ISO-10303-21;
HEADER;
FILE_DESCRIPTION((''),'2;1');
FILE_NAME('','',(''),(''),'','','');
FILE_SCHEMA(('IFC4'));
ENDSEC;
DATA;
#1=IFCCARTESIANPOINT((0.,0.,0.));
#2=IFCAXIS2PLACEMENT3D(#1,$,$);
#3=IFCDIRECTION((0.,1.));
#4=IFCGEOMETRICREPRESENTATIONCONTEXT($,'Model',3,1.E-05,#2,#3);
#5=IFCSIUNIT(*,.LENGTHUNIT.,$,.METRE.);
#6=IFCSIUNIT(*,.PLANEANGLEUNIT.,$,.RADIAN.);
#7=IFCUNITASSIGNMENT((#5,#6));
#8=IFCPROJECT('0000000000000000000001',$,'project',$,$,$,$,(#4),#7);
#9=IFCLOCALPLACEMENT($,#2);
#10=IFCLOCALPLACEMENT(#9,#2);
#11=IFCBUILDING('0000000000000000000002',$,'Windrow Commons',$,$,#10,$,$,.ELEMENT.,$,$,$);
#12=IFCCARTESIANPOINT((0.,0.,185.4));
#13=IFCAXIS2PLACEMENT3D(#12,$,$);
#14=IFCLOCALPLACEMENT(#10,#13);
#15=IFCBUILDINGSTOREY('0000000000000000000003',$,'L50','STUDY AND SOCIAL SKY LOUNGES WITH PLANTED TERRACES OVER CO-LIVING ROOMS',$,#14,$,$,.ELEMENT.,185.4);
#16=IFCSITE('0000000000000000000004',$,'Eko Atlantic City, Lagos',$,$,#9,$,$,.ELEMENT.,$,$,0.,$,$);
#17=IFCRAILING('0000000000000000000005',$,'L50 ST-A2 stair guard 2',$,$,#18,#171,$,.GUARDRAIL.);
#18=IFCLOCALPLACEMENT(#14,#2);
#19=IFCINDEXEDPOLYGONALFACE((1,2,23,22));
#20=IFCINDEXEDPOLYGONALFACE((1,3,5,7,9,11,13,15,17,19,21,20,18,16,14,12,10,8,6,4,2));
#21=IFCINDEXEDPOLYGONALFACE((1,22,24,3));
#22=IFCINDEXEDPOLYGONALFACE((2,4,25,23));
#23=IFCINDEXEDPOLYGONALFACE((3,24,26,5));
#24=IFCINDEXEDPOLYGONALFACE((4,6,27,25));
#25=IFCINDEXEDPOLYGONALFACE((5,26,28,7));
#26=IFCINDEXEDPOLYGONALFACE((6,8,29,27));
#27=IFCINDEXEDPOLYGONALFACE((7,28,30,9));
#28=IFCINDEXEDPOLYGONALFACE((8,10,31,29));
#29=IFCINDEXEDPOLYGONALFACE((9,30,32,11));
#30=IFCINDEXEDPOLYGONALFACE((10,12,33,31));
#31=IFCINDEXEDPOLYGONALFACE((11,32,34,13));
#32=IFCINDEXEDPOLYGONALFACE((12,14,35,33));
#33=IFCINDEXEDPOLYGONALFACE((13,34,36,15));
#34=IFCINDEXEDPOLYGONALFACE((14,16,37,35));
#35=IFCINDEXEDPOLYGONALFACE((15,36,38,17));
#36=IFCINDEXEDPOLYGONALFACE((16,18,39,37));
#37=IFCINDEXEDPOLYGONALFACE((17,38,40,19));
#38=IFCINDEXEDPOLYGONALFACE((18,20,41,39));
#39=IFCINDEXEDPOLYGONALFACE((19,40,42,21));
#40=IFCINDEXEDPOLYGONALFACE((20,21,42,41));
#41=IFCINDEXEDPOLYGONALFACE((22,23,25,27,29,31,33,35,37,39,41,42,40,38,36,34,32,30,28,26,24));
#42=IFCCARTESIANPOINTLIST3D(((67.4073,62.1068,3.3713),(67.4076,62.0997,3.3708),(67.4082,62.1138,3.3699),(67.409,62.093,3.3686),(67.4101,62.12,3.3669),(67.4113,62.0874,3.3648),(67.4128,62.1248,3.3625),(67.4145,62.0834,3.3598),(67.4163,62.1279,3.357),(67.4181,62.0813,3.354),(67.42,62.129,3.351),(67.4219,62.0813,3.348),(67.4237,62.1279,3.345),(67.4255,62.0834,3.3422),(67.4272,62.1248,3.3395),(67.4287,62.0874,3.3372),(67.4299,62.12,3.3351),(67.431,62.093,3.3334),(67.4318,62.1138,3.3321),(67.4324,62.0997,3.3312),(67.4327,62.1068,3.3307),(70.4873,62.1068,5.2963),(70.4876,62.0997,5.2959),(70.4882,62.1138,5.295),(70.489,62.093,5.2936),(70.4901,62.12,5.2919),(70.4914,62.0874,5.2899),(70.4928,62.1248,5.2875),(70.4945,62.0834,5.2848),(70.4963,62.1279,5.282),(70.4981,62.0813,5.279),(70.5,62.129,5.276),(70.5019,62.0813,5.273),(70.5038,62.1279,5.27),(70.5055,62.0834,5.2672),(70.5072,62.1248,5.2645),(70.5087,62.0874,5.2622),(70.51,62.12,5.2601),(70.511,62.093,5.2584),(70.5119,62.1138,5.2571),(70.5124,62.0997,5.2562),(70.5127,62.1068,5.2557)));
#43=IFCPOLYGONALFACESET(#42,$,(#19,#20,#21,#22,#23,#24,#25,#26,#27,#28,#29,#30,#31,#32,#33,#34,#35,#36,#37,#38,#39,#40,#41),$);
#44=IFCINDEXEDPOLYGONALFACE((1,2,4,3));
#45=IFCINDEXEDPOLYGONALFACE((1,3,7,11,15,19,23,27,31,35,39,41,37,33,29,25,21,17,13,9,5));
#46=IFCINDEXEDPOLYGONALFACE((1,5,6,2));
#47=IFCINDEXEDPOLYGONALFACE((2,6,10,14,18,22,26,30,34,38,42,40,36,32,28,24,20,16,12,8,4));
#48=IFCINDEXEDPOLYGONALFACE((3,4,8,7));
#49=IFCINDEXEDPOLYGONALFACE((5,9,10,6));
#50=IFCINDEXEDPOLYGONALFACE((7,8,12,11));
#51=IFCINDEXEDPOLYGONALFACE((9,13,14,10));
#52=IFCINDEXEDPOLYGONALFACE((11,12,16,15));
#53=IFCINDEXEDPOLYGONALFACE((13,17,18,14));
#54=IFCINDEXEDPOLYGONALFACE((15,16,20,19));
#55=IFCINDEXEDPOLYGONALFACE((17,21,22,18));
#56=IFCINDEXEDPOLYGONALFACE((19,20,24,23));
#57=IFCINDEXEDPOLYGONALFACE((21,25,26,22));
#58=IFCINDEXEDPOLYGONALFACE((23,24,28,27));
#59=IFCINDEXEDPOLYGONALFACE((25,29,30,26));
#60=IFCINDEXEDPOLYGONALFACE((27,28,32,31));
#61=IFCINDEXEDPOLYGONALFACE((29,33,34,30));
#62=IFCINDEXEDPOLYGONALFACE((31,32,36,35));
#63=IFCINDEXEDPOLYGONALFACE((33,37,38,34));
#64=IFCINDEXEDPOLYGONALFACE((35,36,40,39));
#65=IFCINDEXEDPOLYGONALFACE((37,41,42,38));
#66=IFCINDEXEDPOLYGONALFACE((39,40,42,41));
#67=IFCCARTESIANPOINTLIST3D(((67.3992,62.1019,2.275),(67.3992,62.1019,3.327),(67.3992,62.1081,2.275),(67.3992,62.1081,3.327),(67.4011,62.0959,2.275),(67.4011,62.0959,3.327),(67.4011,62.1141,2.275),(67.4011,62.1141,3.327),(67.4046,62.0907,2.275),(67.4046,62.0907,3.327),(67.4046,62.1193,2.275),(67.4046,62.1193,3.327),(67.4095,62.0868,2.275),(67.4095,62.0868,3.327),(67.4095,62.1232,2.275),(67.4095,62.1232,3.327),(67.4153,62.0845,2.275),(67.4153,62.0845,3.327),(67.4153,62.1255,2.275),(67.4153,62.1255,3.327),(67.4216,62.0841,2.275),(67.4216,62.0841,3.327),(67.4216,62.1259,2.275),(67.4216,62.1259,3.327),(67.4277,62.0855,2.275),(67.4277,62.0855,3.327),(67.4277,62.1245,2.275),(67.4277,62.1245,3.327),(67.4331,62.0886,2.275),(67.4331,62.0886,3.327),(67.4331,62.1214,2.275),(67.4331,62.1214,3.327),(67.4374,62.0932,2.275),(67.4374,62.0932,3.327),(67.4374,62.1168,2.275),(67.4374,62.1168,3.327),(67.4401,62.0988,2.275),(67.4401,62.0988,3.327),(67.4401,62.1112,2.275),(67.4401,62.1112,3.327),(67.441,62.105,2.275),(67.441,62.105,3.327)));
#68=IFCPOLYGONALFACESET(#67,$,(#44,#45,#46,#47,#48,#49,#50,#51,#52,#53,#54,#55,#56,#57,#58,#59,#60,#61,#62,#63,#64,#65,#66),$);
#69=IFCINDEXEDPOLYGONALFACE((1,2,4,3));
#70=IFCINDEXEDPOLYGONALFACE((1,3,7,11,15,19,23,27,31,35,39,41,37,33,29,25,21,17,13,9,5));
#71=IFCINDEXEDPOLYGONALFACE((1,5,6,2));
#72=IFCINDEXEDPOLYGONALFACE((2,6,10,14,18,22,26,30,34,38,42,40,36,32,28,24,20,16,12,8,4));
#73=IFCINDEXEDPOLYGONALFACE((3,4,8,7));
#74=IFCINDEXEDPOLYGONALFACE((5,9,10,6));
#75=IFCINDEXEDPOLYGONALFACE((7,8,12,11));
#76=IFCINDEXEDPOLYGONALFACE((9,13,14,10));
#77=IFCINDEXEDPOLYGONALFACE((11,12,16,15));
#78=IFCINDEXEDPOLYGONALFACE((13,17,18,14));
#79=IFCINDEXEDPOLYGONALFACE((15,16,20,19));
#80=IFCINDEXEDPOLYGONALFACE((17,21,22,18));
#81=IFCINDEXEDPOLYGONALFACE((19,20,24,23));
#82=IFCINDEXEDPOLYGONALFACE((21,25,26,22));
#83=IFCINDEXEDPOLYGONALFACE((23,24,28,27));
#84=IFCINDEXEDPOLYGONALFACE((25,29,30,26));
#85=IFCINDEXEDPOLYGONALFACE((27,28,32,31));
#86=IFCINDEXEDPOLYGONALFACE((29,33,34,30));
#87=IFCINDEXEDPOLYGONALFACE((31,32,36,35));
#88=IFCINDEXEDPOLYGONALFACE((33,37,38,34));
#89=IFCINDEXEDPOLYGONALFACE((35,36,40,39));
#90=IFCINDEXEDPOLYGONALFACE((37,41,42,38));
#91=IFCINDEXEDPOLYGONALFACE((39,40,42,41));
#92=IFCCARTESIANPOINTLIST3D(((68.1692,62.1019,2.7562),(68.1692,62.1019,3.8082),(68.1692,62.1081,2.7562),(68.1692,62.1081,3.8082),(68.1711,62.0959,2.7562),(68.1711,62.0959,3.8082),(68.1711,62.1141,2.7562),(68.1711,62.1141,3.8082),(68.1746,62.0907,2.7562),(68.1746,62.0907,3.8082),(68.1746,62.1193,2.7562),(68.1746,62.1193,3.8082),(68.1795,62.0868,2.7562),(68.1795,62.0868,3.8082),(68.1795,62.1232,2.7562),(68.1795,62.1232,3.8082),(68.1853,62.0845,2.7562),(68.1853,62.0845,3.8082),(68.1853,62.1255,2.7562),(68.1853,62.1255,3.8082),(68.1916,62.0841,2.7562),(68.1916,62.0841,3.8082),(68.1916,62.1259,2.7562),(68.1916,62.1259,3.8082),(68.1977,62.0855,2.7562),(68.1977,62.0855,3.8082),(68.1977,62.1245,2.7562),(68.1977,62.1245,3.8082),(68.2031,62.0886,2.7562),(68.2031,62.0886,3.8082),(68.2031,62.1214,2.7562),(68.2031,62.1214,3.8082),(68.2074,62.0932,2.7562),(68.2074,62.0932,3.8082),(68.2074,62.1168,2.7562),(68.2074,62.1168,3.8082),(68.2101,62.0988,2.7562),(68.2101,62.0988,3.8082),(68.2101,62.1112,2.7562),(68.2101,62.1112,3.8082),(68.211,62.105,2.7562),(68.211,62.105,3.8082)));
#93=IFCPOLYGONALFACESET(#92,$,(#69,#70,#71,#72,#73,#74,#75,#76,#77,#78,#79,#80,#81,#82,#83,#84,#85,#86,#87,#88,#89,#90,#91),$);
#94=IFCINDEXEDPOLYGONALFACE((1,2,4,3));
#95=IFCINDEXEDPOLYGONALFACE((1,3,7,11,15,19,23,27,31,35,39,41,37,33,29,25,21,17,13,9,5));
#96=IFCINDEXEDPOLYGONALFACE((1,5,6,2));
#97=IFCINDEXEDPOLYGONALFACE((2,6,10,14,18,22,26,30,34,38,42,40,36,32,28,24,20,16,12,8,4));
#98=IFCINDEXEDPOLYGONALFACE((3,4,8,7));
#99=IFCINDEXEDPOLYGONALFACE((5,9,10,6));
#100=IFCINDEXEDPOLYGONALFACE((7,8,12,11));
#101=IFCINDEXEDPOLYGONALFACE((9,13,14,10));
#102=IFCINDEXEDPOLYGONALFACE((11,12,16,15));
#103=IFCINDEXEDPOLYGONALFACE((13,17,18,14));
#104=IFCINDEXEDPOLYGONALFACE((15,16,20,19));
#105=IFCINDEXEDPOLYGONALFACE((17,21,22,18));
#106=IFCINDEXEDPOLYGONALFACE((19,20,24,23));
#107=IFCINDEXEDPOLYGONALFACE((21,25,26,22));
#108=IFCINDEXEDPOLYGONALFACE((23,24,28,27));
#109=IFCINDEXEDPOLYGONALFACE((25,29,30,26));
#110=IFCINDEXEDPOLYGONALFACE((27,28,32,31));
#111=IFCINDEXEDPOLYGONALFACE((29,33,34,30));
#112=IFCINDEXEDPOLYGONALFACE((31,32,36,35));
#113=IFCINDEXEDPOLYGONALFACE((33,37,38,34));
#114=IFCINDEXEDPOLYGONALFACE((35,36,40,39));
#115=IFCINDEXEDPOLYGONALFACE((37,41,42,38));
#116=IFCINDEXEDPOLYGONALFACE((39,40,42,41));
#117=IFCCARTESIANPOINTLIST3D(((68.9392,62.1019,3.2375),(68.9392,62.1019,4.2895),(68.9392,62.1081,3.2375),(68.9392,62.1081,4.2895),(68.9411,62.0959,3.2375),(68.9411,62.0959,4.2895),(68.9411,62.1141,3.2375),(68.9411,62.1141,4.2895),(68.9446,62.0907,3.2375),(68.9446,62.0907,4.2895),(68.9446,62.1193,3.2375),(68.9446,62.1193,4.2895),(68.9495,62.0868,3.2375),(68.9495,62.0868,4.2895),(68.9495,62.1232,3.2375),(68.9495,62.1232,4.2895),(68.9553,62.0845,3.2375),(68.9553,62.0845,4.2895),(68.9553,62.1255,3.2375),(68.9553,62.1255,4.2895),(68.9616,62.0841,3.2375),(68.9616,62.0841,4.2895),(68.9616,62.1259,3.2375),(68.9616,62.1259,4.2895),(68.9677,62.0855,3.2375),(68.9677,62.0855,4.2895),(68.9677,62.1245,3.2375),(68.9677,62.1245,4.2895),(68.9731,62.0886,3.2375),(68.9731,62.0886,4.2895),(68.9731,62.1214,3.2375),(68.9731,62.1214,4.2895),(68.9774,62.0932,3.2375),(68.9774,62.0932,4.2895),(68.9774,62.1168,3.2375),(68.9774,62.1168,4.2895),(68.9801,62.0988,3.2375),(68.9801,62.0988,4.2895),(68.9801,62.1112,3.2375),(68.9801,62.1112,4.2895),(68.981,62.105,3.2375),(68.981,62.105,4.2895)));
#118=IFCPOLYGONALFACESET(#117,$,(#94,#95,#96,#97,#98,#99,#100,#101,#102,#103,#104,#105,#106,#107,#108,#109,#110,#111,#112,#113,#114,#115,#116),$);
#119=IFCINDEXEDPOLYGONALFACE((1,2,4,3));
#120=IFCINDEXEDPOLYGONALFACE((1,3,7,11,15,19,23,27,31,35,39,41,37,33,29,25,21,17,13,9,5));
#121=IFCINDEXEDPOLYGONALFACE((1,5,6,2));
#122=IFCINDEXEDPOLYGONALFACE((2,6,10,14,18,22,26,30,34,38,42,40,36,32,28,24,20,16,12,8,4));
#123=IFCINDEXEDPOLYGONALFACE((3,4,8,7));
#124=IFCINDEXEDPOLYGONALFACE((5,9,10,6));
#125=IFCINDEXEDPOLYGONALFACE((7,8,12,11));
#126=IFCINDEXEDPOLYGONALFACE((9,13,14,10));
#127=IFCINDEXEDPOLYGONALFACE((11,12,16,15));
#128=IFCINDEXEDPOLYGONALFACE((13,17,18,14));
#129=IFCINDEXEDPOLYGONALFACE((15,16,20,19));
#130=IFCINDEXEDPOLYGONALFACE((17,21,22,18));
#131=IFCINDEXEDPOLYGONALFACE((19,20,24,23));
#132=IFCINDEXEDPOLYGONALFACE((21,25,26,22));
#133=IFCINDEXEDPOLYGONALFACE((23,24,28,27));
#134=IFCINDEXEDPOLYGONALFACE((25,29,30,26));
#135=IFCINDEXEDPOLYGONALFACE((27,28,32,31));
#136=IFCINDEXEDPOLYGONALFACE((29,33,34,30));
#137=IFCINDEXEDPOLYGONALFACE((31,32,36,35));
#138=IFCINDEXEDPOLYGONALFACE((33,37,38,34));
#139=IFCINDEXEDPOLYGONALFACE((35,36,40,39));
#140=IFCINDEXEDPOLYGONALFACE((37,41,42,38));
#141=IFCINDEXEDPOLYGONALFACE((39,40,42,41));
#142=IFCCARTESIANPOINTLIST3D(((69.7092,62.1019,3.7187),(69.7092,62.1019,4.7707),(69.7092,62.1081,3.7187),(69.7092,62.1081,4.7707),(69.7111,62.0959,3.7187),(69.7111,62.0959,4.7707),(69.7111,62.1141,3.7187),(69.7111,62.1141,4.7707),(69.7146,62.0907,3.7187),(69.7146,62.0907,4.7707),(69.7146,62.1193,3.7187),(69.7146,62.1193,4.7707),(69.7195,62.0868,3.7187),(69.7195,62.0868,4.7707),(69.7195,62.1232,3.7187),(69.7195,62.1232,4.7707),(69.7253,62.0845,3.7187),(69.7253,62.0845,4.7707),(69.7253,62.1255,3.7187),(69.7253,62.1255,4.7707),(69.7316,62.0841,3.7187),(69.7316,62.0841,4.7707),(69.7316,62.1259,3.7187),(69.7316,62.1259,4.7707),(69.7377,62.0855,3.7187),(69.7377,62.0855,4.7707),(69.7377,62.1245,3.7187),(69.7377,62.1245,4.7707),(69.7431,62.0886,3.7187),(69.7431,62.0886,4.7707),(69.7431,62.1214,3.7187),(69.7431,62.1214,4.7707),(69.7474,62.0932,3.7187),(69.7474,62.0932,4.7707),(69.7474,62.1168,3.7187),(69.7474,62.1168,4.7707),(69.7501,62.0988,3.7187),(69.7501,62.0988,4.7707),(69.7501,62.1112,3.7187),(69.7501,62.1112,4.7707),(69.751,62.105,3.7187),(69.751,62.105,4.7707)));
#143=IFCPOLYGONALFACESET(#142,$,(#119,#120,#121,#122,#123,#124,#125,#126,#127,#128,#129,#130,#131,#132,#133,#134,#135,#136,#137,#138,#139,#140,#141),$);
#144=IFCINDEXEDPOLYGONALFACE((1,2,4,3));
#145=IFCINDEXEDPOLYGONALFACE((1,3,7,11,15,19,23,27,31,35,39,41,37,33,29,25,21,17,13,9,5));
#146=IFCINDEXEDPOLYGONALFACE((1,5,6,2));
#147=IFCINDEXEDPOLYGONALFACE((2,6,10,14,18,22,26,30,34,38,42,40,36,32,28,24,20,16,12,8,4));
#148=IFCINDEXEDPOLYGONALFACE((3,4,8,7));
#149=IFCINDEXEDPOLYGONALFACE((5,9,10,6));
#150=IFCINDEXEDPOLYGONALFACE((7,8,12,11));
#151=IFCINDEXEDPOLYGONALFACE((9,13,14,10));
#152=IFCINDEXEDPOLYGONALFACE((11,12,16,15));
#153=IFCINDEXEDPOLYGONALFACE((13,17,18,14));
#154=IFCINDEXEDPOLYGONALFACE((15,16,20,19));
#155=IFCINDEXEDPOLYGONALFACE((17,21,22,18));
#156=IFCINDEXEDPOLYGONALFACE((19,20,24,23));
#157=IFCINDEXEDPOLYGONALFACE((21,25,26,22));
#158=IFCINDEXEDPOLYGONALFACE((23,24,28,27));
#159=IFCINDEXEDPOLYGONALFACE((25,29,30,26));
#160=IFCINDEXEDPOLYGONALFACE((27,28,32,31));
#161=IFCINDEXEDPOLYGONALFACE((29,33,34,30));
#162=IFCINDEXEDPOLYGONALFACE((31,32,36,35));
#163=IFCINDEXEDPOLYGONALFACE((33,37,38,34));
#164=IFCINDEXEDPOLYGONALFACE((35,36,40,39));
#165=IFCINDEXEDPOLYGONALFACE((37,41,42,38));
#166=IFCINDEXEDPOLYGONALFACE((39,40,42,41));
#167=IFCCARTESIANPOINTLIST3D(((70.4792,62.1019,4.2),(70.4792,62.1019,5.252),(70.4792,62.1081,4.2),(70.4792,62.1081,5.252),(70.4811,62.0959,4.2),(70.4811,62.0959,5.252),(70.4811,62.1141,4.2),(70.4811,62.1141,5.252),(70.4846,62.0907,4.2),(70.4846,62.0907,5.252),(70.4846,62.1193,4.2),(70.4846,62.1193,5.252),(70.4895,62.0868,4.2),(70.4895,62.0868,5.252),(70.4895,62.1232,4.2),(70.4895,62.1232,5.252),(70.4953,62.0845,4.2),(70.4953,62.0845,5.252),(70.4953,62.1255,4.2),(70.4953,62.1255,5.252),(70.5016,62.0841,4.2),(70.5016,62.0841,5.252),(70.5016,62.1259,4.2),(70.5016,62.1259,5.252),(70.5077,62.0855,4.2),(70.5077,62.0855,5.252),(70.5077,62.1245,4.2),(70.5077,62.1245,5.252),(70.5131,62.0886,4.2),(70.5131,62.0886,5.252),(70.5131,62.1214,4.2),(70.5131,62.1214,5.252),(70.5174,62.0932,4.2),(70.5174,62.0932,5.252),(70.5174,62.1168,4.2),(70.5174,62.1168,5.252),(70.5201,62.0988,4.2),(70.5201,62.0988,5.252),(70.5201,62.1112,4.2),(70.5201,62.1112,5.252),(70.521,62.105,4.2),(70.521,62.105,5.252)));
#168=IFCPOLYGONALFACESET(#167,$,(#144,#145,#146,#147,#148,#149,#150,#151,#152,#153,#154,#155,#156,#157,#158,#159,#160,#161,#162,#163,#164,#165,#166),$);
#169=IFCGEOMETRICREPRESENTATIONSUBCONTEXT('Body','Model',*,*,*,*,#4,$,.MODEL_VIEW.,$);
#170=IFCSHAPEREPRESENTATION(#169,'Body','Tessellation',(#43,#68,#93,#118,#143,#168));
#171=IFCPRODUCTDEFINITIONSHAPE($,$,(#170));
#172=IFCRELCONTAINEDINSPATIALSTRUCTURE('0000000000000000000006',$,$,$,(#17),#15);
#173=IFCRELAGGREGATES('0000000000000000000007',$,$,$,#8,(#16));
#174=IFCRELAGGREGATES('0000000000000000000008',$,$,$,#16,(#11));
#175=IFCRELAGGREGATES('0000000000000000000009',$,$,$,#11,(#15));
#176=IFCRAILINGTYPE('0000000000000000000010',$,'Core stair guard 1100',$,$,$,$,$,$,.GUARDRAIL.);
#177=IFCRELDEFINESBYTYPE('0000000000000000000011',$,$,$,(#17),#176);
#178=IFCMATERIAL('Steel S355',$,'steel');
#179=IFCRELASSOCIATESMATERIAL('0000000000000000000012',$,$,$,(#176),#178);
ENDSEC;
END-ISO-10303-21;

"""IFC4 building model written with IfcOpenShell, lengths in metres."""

from ifc_helpers import new_model, si_unit, direction, frame, origin, origin_2d, place, context, subcontext, project, spatial, circle, extrude, material, type_object, element, save


model = new_model("IFC4")

# Units and contexts
model_context = context("Model", 3, precision=1e-05, world=origin(), true_north=direction((0.0, 1.0)))
body_context = subcontext(model_context, "Body", "Model", "MODEL_VIEW")
ifc_project = project(units=[si_unit("LENGTHUNIT", "METRE"), si_unit("PLANEANGLEUNIT", "RADIAN")], contexts=[model_context])

# Site, building, storey
site_placement = place(None, origin())
site = spatial("IfcSite", under=ifc_project, at=site_placement, Name="Eko Atlantic City, Lagos", CompositionType="ELEMENT", RefElevation=0.0)
building_placement = place(site_placement, origin())
building = spatial("IfcBuilding", under=site, at=building_placement, Name="Windrow Commons", CompositionType="ELEMENT")
storey_placement = place(building_placement, frame((0.0, 0.0, 185.4)))
storey = spatial("IfcBuildingStorey", under=building, at=storey_placement, Name="L50", Description="STUDY AND SOCIAL SKY LOUNGES WITH PLANTED TERRACES OVER CO-LIVING ROOMS", CompositionType="ELEMENT", Elevation=185.4)

# Railing
ifc_material_1 = material(Name="Steel S355", Category="steel")
railing_type_1 = type_object("IfcRailingType", Name="Core stair guard 1100", PredefinedType="GUARDRAIL", material=ifc_material_1)
railing_1_placement = place(storey_placement, frame((67.42, 62.105, 2.275)))
element("IfcRailing", 1, at=railing_1_placement, inside=storey, type_object=railing_type_1, Name="L50 ST-A2 stair guard 2", PredefinedType="GUARDRAIL", context=body_context, shape_type="SweptSolid", body=[
    extrude(circle(Radius=0.024, at=origin_2d()), frame((0.0, 0.0, 1.076), z_axis=(0.847998, 0.0, 0.529999), x_axis=(0.0, 1.0, 0.0)), (0.0, 0.0, 1.0), 3.6321),
    extrude(circle(Radius=0.021, at=origin_2d()), origin(), (0.0, 0.0, 1.0), 1.052),
    extrude(circle(Radius=0.021, at=origin_2d()), frame((0.77, 0.0, 0.4812)), (0.0, 0.0, 1.0), 1.052),
    extrude(circle(Radius=0.021, at=origin_2d()), frame((1.54, 0.0, 0.9625)), (0.0, 0.0, 1.0), 1.052),
    extrude(circle(Radius=0.021, at=origin_2d()), frame((2.31, 0.0, 1.4437)), (0.0, 0.0, 1.0), 1.052),
    extrude(circle(Radius=0.021, at=origin_2d()), frame((3.08, 0.0, 1.925)), (0.0, 0.0, 1.0), 1.052),
])

save(model, "model.ifc")
